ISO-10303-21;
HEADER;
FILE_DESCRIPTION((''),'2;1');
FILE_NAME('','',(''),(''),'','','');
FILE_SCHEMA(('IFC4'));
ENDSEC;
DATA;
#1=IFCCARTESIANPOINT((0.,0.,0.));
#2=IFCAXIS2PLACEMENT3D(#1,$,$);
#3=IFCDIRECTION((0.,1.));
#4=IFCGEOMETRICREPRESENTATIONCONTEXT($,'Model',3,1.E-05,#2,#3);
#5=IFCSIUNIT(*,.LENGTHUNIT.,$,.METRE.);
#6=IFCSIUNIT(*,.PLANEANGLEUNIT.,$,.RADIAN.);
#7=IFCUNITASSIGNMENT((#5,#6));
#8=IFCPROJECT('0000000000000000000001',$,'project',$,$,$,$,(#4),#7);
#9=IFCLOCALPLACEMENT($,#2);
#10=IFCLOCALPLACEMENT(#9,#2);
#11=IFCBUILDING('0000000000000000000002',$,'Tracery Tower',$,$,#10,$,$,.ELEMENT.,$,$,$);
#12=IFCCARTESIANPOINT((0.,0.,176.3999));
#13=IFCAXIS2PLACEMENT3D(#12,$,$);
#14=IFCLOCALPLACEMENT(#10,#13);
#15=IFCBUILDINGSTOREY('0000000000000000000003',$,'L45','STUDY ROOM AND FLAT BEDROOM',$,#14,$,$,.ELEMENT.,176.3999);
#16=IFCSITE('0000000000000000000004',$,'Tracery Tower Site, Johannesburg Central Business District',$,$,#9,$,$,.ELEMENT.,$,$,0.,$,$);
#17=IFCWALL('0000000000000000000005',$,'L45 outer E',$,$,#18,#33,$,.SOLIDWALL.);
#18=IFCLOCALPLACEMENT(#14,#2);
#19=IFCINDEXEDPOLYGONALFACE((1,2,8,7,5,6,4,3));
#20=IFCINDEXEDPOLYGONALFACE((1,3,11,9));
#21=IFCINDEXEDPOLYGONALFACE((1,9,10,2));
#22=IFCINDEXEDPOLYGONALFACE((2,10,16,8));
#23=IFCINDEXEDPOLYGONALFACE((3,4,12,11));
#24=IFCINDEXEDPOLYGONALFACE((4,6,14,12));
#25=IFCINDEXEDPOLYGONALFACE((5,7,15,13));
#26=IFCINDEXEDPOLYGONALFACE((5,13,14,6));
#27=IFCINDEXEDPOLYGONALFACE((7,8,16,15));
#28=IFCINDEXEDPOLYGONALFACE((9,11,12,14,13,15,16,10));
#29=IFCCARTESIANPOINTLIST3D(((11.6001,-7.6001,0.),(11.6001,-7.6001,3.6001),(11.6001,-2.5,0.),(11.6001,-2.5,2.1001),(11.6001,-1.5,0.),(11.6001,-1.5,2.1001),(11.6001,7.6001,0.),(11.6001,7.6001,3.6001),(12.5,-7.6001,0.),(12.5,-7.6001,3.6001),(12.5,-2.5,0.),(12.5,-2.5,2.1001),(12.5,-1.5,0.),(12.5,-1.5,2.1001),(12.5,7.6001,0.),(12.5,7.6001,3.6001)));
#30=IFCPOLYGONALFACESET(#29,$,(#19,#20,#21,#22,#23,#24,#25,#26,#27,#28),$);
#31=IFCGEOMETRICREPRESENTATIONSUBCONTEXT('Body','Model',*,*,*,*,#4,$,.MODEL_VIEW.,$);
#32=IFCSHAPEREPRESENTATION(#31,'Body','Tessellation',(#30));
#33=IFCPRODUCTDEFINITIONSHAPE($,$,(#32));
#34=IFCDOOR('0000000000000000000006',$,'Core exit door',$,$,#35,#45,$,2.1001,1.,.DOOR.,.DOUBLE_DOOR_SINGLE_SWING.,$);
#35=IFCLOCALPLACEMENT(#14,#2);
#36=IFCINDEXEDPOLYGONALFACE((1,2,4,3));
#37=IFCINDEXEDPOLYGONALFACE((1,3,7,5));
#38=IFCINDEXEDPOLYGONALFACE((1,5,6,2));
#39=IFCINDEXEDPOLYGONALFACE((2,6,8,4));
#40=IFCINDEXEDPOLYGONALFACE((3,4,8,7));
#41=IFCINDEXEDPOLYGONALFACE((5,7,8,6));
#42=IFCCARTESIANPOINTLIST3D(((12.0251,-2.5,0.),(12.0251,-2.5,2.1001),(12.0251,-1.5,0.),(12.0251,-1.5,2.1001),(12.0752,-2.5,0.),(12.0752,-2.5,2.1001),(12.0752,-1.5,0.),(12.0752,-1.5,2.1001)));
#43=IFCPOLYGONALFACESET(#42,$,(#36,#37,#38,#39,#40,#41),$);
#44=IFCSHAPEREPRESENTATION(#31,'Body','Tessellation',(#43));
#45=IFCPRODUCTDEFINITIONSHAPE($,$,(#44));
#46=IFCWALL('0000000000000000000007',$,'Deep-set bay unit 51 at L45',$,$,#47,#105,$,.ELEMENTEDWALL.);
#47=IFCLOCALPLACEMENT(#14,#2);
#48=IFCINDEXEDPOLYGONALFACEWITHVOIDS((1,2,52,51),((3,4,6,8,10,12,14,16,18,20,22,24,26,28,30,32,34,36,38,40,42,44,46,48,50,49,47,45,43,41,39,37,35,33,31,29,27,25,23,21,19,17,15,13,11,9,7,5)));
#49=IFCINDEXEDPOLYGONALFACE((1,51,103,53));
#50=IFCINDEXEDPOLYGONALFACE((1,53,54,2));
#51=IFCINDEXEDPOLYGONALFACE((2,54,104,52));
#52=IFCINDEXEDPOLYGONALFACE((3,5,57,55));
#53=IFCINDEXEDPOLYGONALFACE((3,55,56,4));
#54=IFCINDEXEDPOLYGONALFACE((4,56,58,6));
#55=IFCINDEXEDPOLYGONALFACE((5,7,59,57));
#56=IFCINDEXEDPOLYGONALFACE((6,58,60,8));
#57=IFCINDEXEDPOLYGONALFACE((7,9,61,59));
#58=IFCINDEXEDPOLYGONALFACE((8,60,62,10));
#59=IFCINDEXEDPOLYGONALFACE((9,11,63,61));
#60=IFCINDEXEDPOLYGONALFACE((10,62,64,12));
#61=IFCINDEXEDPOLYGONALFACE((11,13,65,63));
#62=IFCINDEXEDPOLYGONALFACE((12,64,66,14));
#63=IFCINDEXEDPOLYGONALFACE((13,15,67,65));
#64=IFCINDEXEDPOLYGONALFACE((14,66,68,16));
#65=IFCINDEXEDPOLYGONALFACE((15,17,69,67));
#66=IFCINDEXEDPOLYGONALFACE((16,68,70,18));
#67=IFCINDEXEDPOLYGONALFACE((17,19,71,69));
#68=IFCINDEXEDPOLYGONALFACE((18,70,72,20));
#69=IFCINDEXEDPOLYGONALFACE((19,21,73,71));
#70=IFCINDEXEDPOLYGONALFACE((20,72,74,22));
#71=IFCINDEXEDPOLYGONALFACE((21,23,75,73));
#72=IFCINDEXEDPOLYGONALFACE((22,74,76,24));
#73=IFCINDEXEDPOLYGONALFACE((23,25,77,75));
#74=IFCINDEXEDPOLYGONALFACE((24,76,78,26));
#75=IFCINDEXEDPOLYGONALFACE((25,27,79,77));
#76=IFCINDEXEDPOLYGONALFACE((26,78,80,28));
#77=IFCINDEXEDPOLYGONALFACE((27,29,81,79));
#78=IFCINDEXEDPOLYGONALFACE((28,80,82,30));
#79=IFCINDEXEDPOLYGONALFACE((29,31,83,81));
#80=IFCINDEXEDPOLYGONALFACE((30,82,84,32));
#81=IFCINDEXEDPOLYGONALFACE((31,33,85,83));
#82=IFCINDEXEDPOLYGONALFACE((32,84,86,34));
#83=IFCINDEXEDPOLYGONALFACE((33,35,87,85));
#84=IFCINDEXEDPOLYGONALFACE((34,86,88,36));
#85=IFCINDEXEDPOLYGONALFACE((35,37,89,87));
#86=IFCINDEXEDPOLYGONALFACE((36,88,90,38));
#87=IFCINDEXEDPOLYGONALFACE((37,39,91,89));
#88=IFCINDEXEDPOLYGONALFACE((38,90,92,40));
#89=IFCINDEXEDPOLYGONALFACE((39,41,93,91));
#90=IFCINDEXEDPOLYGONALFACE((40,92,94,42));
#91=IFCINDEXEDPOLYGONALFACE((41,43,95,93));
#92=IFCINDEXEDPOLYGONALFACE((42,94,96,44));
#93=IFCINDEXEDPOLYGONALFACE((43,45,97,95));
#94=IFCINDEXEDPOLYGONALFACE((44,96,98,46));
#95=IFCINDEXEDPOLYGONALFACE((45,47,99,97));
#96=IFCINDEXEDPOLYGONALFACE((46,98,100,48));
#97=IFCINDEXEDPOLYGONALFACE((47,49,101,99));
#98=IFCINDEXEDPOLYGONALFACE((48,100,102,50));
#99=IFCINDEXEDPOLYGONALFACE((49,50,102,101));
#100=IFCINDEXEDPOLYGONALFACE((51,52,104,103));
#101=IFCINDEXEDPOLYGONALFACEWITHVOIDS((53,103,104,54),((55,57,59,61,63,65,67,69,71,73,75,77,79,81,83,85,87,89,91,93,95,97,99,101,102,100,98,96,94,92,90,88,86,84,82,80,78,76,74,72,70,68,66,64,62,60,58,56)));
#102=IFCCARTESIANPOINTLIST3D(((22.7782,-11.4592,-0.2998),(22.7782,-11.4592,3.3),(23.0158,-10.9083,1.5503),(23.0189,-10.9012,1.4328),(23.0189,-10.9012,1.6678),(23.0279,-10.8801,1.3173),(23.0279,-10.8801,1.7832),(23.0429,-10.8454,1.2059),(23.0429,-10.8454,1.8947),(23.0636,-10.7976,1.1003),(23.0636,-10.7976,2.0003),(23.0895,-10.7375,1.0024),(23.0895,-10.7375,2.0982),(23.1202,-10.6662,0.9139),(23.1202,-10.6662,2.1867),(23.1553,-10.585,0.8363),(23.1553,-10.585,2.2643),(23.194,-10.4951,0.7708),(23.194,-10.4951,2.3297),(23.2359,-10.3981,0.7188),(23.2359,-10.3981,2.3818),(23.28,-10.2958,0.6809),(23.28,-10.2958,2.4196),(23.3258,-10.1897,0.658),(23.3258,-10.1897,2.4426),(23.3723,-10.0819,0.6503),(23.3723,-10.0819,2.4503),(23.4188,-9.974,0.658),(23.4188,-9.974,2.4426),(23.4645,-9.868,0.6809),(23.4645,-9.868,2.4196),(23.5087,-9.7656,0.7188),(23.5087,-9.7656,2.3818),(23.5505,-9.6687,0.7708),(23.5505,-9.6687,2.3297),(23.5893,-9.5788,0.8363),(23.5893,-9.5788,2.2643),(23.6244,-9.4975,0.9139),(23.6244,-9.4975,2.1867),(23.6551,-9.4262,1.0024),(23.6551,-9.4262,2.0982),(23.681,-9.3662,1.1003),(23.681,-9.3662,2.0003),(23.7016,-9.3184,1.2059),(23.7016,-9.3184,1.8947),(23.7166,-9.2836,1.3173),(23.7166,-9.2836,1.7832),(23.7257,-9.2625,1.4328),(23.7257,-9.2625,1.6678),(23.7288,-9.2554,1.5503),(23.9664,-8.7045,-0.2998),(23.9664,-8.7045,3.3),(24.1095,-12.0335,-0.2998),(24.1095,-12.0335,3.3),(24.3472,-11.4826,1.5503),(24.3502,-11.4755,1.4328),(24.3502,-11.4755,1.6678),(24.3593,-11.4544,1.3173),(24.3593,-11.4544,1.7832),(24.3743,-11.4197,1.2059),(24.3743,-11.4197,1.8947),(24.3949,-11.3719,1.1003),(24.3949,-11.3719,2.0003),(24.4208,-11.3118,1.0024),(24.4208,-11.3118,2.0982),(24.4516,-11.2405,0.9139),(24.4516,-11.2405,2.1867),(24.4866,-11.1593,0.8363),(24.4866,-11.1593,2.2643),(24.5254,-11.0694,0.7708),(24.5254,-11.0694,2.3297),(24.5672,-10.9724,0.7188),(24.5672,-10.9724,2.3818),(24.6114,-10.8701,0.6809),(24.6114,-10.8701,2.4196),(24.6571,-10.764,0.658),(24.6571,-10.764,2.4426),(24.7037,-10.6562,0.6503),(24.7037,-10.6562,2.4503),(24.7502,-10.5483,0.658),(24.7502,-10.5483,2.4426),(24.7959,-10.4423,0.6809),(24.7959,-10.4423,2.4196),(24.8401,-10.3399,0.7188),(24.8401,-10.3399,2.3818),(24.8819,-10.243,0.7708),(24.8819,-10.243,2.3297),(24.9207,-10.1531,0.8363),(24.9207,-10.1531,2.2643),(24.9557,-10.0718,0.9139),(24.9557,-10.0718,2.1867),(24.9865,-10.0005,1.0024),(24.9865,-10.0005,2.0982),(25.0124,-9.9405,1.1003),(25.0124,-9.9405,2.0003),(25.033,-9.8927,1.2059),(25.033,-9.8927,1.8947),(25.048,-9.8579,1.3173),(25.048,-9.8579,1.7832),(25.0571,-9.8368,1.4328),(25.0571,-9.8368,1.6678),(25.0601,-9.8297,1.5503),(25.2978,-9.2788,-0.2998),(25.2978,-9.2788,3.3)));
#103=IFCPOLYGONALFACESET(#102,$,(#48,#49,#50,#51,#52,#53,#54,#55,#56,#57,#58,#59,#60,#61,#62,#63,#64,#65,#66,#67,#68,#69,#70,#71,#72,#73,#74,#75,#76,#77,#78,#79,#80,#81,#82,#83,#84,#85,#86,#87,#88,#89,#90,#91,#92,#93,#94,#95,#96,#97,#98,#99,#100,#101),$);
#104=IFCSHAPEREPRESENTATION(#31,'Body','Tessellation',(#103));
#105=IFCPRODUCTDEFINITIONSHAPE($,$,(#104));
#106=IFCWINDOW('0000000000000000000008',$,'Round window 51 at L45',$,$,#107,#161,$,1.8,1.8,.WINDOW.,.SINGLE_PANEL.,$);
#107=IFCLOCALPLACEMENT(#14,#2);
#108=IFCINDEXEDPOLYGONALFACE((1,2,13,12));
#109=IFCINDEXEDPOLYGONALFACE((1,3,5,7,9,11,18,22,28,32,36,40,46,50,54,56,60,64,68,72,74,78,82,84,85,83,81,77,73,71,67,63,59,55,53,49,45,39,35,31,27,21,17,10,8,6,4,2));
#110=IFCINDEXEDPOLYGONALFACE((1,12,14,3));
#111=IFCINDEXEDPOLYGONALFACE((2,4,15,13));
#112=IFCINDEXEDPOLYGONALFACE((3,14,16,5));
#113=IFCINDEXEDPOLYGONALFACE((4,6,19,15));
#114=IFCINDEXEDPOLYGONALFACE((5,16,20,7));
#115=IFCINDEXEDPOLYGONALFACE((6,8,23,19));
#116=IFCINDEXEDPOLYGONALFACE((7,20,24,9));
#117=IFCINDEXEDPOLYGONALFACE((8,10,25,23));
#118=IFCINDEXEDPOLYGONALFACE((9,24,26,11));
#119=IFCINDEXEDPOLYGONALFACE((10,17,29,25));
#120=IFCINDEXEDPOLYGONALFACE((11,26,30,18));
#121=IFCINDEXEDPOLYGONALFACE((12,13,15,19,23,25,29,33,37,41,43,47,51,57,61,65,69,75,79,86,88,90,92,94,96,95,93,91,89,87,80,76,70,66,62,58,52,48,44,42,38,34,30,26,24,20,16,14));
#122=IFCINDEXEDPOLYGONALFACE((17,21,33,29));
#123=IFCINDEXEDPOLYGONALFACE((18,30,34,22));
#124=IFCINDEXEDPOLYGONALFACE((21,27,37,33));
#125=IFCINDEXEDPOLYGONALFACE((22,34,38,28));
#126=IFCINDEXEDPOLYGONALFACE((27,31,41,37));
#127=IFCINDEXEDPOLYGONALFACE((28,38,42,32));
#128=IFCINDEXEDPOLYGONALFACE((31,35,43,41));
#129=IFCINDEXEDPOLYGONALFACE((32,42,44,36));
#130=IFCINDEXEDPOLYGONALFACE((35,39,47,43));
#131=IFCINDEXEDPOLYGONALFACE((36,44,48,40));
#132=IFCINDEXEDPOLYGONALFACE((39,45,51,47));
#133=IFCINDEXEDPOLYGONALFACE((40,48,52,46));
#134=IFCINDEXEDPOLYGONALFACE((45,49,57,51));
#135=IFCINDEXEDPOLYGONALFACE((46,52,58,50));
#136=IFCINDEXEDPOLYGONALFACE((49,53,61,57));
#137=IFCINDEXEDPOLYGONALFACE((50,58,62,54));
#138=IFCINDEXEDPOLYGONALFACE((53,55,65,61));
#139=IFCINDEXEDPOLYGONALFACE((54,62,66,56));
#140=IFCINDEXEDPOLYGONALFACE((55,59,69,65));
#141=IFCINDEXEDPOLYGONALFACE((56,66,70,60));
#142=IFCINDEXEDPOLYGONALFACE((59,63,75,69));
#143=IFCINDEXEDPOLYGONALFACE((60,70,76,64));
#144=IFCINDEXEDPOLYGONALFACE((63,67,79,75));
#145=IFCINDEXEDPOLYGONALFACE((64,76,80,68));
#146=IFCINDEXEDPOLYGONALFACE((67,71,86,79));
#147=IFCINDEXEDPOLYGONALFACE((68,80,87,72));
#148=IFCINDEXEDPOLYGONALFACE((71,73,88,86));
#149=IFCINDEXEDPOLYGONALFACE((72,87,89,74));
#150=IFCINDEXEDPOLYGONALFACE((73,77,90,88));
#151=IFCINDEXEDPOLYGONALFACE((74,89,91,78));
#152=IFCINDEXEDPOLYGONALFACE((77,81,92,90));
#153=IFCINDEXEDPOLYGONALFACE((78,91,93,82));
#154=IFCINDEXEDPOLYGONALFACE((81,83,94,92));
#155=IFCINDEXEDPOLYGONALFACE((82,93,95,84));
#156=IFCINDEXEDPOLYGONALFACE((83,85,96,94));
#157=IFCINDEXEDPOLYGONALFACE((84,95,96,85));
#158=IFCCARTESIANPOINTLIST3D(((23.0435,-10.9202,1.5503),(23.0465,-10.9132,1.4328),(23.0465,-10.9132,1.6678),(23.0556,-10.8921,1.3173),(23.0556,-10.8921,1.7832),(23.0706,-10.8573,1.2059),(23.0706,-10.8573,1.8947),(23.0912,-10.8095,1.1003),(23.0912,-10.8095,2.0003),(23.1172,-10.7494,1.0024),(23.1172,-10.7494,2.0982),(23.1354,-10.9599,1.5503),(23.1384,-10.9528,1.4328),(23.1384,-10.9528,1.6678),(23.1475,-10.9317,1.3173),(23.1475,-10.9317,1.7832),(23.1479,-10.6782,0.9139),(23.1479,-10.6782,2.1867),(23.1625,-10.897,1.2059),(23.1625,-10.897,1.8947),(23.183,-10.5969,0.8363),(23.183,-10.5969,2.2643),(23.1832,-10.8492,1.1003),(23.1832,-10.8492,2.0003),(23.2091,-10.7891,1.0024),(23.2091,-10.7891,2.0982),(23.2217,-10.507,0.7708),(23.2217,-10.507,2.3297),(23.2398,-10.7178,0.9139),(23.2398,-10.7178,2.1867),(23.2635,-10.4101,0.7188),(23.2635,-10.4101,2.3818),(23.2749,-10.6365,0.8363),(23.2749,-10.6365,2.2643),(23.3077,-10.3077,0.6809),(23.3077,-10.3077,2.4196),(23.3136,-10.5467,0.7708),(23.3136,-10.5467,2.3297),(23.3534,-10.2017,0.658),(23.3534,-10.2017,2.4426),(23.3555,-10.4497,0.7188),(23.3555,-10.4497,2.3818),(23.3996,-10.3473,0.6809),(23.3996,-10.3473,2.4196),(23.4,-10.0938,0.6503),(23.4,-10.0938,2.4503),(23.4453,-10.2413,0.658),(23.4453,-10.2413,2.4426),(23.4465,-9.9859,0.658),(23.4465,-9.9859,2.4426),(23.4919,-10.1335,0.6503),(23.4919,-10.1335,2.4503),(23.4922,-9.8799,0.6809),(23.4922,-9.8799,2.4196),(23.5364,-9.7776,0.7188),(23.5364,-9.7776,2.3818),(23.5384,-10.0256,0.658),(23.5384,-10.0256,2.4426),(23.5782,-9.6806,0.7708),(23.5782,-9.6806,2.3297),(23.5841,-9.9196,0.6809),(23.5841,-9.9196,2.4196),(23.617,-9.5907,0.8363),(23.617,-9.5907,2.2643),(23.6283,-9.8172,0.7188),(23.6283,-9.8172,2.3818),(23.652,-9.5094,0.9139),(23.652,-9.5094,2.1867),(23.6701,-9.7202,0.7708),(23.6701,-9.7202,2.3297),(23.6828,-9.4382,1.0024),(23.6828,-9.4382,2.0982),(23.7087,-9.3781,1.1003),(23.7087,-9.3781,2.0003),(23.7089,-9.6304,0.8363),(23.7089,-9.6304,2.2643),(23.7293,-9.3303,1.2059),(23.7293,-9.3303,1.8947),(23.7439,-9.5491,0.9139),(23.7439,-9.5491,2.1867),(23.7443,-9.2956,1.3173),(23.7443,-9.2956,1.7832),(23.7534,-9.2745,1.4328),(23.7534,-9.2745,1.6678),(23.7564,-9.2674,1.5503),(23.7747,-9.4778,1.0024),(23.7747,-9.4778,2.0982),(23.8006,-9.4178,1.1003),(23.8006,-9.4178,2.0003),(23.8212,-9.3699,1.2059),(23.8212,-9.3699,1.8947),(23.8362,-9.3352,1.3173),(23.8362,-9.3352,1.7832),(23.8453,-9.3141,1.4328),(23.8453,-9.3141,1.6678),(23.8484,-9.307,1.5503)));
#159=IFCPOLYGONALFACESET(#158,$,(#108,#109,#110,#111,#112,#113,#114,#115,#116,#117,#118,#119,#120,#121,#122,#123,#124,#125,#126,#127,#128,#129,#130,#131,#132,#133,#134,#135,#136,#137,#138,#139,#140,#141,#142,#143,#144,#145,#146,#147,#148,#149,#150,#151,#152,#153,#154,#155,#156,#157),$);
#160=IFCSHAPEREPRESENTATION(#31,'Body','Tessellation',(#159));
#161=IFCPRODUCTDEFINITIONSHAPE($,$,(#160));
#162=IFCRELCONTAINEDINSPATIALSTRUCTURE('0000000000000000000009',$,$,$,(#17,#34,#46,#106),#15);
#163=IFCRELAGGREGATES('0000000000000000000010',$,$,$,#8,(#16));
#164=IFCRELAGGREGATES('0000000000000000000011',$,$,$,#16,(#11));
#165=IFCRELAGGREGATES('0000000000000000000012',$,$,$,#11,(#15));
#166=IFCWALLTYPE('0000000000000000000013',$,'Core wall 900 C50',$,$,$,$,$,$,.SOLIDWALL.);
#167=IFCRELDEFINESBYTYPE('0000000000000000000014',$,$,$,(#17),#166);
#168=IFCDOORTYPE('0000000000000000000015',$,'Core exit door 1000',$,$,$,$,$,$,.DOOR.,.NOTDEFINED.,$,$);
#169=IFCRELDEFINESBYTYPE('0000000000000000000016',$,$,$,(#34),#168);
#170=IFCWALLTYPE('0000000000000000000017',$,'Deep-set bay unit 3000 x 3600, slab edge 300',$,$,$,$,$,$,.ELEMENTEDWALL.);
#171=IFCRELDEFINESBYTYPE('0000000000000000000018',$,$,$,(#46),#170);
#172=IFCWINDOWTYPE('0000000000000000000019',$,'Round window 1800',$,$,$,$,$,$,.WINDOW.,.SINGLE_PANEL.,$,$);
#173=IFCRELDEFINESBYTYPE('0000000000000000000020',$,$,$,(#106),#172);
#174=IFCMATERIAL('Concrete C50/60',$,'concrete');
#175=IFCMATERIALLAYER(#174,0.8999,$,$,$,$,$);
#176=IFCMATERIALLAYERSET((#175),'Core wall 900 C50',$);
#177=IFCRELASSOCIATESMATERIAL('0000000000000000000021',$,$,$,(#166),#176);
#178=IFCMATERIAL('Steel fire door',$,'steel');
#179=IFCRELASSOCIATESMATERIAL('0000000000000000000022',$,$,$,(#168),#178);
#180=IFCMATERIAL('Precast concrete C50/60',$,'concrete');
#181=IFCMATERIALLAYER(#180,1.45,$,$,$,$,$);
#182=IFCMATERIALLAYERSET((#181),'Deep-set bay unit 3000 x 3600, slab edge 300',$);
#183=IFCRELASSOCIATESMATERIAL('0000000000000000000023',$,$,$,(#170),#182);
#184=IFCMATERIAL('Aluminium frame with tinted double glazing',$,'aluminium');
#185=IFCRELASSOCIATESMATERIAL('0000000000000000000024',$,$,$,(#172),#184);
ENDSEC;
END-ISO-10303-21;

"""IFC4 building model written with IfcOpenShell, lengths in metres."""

from ifc_helpers import new_model, si_unit, direction, frame, frame_2d, origin, origin_2d, place, context, subcontext, project, spatial, rectangle, circle, extrude, material, layer, layer_set, type_object, element, fill, save


model = new_model("IFC4")

# Units and contexts
model_context = context("Model", 3, precision=1e-05, world=origin(), true_north=direction((0.0, 1.0)))
body_context = subcontext(model_context, "Body", "Model", "MODEL_VIEW")
ifc_project = project(units=[si_unit("LENGTHUNIT", "METRE"), si_unit("PLANEANGLEUNIT", "RADIAN")], contexts=[model_context])

# Site, building, storey
site_placement = place(None, origin())
site = spatial("IfcSite", under=ifc_project, at=site_placement, Name="Tracery Tower Site, Johannesburg Central Business District", CompositionType="ELEMENT", RefElevation=0.0)
building_placement = place(site_placement, origin())
building = spatial("IfcBuilding", under=site, at=building_placement, Name="Tracery Tower", CompositionType="ELEMENT")
storey_placement = place(building_placement, frame((0.0, 0.0, 176.3999)))
storey = spatial("IfcBuildingStorey", under=building, at=storey_placement, Name="L45", Description="STUDY ROOM AND FLAT BEDROOM", CompositionType="ELEMENT", Elevation=176.3999)

# Wall, opening, door
ifc_material_1 = material(Name="Concrete C50/60", Category="concrete")
ifc_layer_1 = layer(ifc_material_1, 0.8999)
ifc_layer_set_1 = layer_set([ifc_layer_1], Name="Core wall 900 C50")
wall_type_1 = type_object("IfcWallType", Name="Core wall 900 C50", PredefinedType="SOLIDWALL", material=ifc_layer_set_1)
wall_1_placement = place(storey_placement, frame((12.05, -7.6001, 0.0), z_axis=(0.0, 0.0, 1.0), x_axis=(0.0, 1.0, 0.0)))
wall_1 = element("IfcWall", 1, at=wall_1_placement, inside=storey, type_object=wall_type_1, Name="L45 outer E", PredefinedType="SOLIDWALL", context=body_context, shape_type="SweptSolid", body=[
    extrude(rectangle(XDim=15.2002, YDim=0.8999, at=frame_2d((7.6001, 0.0))), origin(), (0.0, 0.0, 1.0), 3.6001),
])
opening_1_placement = place(wall_1_placement, frame((5.1001, 0.0, 0.0)))
opening_1 = element("IfcOpeningElement", 2, at=opening_1_placement, cuts=wall_1, PredefinedType="OPENING", context=body_context, shape_type="SweptSolid", body=[
    extrude(rectangle(XDim=1.0, YDim=2.1001, at=frame_2d((0.5, 1.05))), frame((0.0, 0.45, 0.0), z_axis=(0.0, -1.0, 0.0), x_axis=(1.0, 0.0, 0.0)), (0.0, 0.0, 1.0), 0.8999),
])
ifc_material_2 = material(Name="Steel fire door", Category="steel")
door_type = type_object("IfcDoorType", Name="Core exit door 1000", OperationType="NOTDEFINED", PredefinedType="DOOR", material=ifc_material_2)
door_placement = place(opening_1_placement, origin())
door = element("IfcDoor", 3, at=door_placement, inside=storey, type_object=door_type, Name="Core exit door", OperationType="DOUBLE_DOOR_SINGLE_SWING", OverallHeight=2.1001, OverallWidth=1.0, PredefinedType="DOOR", context=body_context, shape_type="SweptSolid", body=[
    extrude(rectangle(XDim=1.0, YDim=2.1001, at=frame_2d((0.5, 1.05))), frame((0.0, 0.0249, 0.0), z_axis=(0.0, -1.0, 0.0), x_axis=(1.0, 0.0, 0.0)), (0.0, 0.0, 1.0), 0.05),
])
fill(opening_1, door)

# Wall, opening, window
ifc_material_3 = material(Name="Precast concrete C50/60", Category="concrete")
ifc_layer_2 = layer(ifc_material_3, 1.45)
ifc_layer_set_2 = layer_set([ifc_layer_2], Name="Deep-set bay unit 3000 x 3600, slab edge 300")
wall_type_2 = type_object("IfcWallType", Name="Deep-set bay unit 3000 x 3600, slab edge 300", PredefinedType="ELEMENTEDWALL", material=ifc_layer_set_2)
wall_2_placement = place(storey_placement, frame((23.4438, -11.7463, -0.2998), z_axis=(0.0, 0.0, 1.0), x_axis=(0.396079, 0.918216, 0.0)))
wall_2 = element("IfcWall", 4, at=wall_2_placement, inside=storey, type_object=wall_type_2, Name="Deep-set bay unit 51 at L45", PredefinedType="ELEMENTEDWALL", context=body_context, shape_type="SweptSolid", body=[
    extrude(rectangle(XDim=3.0, YDim=1.45, at=frame_2d((1.5, 0.0))), origin(), (0.0, 0.0, 1.0), 3.5999),
])
opening_2_placement = place(wall_2_placement, frame((1.5, 0.0, 1.8501)))
opening_2 = element("IfcOpeningElement", 5, at=opening_2_placement, cuts=wall_2, PredefinedType="OPENING", context=body_context, shape_type="SweptSolid", body=[
    extrude(circle(Radius=0.9, at=origin_2d()), frame((0.0, 0.7349, 0.0), z_axis=(0.0, -1.0, 0.0), x_axis=(1.0, 0.0, 0.0)), (0.0, 0.0, 1.0), 1.47),
])
ifc_material_4 = material(Name="Aluminium frame with tinted double glazing", Category="aluminium")
window_type = type_object("IfcWindowType", Name="Round window 1800", PartitioningType="SINGLE_PANEL", PredefinedType="WINDOW", material=ifc_material_4)
window_1_placement = place(opening_2_placement, origin())
window_1 = element("IfcWindow", 6, at=window_1_placement, inside=storey, type_object=window_type, Name="Round window 51 at L45", OverallHeight=1.8, OverallWidth=1.8, PartitioningType="SINGLE_PANEL", PredefinedType="WINDOW", context=body_context, shape_type="SweptSolid", body=[
    extrude(circle(Radius=0.9, at=origin_2d()), frame((0.0, 0.6948, 0.0), z_axis=(0.0, -1.0, 0.0), x_axis=(1.0, 0.0, 0.0)), (0.0, 0.0, 1.0), 0.1001),
])
fill(opening_2, window_1)

save(model, "model.ifc")
